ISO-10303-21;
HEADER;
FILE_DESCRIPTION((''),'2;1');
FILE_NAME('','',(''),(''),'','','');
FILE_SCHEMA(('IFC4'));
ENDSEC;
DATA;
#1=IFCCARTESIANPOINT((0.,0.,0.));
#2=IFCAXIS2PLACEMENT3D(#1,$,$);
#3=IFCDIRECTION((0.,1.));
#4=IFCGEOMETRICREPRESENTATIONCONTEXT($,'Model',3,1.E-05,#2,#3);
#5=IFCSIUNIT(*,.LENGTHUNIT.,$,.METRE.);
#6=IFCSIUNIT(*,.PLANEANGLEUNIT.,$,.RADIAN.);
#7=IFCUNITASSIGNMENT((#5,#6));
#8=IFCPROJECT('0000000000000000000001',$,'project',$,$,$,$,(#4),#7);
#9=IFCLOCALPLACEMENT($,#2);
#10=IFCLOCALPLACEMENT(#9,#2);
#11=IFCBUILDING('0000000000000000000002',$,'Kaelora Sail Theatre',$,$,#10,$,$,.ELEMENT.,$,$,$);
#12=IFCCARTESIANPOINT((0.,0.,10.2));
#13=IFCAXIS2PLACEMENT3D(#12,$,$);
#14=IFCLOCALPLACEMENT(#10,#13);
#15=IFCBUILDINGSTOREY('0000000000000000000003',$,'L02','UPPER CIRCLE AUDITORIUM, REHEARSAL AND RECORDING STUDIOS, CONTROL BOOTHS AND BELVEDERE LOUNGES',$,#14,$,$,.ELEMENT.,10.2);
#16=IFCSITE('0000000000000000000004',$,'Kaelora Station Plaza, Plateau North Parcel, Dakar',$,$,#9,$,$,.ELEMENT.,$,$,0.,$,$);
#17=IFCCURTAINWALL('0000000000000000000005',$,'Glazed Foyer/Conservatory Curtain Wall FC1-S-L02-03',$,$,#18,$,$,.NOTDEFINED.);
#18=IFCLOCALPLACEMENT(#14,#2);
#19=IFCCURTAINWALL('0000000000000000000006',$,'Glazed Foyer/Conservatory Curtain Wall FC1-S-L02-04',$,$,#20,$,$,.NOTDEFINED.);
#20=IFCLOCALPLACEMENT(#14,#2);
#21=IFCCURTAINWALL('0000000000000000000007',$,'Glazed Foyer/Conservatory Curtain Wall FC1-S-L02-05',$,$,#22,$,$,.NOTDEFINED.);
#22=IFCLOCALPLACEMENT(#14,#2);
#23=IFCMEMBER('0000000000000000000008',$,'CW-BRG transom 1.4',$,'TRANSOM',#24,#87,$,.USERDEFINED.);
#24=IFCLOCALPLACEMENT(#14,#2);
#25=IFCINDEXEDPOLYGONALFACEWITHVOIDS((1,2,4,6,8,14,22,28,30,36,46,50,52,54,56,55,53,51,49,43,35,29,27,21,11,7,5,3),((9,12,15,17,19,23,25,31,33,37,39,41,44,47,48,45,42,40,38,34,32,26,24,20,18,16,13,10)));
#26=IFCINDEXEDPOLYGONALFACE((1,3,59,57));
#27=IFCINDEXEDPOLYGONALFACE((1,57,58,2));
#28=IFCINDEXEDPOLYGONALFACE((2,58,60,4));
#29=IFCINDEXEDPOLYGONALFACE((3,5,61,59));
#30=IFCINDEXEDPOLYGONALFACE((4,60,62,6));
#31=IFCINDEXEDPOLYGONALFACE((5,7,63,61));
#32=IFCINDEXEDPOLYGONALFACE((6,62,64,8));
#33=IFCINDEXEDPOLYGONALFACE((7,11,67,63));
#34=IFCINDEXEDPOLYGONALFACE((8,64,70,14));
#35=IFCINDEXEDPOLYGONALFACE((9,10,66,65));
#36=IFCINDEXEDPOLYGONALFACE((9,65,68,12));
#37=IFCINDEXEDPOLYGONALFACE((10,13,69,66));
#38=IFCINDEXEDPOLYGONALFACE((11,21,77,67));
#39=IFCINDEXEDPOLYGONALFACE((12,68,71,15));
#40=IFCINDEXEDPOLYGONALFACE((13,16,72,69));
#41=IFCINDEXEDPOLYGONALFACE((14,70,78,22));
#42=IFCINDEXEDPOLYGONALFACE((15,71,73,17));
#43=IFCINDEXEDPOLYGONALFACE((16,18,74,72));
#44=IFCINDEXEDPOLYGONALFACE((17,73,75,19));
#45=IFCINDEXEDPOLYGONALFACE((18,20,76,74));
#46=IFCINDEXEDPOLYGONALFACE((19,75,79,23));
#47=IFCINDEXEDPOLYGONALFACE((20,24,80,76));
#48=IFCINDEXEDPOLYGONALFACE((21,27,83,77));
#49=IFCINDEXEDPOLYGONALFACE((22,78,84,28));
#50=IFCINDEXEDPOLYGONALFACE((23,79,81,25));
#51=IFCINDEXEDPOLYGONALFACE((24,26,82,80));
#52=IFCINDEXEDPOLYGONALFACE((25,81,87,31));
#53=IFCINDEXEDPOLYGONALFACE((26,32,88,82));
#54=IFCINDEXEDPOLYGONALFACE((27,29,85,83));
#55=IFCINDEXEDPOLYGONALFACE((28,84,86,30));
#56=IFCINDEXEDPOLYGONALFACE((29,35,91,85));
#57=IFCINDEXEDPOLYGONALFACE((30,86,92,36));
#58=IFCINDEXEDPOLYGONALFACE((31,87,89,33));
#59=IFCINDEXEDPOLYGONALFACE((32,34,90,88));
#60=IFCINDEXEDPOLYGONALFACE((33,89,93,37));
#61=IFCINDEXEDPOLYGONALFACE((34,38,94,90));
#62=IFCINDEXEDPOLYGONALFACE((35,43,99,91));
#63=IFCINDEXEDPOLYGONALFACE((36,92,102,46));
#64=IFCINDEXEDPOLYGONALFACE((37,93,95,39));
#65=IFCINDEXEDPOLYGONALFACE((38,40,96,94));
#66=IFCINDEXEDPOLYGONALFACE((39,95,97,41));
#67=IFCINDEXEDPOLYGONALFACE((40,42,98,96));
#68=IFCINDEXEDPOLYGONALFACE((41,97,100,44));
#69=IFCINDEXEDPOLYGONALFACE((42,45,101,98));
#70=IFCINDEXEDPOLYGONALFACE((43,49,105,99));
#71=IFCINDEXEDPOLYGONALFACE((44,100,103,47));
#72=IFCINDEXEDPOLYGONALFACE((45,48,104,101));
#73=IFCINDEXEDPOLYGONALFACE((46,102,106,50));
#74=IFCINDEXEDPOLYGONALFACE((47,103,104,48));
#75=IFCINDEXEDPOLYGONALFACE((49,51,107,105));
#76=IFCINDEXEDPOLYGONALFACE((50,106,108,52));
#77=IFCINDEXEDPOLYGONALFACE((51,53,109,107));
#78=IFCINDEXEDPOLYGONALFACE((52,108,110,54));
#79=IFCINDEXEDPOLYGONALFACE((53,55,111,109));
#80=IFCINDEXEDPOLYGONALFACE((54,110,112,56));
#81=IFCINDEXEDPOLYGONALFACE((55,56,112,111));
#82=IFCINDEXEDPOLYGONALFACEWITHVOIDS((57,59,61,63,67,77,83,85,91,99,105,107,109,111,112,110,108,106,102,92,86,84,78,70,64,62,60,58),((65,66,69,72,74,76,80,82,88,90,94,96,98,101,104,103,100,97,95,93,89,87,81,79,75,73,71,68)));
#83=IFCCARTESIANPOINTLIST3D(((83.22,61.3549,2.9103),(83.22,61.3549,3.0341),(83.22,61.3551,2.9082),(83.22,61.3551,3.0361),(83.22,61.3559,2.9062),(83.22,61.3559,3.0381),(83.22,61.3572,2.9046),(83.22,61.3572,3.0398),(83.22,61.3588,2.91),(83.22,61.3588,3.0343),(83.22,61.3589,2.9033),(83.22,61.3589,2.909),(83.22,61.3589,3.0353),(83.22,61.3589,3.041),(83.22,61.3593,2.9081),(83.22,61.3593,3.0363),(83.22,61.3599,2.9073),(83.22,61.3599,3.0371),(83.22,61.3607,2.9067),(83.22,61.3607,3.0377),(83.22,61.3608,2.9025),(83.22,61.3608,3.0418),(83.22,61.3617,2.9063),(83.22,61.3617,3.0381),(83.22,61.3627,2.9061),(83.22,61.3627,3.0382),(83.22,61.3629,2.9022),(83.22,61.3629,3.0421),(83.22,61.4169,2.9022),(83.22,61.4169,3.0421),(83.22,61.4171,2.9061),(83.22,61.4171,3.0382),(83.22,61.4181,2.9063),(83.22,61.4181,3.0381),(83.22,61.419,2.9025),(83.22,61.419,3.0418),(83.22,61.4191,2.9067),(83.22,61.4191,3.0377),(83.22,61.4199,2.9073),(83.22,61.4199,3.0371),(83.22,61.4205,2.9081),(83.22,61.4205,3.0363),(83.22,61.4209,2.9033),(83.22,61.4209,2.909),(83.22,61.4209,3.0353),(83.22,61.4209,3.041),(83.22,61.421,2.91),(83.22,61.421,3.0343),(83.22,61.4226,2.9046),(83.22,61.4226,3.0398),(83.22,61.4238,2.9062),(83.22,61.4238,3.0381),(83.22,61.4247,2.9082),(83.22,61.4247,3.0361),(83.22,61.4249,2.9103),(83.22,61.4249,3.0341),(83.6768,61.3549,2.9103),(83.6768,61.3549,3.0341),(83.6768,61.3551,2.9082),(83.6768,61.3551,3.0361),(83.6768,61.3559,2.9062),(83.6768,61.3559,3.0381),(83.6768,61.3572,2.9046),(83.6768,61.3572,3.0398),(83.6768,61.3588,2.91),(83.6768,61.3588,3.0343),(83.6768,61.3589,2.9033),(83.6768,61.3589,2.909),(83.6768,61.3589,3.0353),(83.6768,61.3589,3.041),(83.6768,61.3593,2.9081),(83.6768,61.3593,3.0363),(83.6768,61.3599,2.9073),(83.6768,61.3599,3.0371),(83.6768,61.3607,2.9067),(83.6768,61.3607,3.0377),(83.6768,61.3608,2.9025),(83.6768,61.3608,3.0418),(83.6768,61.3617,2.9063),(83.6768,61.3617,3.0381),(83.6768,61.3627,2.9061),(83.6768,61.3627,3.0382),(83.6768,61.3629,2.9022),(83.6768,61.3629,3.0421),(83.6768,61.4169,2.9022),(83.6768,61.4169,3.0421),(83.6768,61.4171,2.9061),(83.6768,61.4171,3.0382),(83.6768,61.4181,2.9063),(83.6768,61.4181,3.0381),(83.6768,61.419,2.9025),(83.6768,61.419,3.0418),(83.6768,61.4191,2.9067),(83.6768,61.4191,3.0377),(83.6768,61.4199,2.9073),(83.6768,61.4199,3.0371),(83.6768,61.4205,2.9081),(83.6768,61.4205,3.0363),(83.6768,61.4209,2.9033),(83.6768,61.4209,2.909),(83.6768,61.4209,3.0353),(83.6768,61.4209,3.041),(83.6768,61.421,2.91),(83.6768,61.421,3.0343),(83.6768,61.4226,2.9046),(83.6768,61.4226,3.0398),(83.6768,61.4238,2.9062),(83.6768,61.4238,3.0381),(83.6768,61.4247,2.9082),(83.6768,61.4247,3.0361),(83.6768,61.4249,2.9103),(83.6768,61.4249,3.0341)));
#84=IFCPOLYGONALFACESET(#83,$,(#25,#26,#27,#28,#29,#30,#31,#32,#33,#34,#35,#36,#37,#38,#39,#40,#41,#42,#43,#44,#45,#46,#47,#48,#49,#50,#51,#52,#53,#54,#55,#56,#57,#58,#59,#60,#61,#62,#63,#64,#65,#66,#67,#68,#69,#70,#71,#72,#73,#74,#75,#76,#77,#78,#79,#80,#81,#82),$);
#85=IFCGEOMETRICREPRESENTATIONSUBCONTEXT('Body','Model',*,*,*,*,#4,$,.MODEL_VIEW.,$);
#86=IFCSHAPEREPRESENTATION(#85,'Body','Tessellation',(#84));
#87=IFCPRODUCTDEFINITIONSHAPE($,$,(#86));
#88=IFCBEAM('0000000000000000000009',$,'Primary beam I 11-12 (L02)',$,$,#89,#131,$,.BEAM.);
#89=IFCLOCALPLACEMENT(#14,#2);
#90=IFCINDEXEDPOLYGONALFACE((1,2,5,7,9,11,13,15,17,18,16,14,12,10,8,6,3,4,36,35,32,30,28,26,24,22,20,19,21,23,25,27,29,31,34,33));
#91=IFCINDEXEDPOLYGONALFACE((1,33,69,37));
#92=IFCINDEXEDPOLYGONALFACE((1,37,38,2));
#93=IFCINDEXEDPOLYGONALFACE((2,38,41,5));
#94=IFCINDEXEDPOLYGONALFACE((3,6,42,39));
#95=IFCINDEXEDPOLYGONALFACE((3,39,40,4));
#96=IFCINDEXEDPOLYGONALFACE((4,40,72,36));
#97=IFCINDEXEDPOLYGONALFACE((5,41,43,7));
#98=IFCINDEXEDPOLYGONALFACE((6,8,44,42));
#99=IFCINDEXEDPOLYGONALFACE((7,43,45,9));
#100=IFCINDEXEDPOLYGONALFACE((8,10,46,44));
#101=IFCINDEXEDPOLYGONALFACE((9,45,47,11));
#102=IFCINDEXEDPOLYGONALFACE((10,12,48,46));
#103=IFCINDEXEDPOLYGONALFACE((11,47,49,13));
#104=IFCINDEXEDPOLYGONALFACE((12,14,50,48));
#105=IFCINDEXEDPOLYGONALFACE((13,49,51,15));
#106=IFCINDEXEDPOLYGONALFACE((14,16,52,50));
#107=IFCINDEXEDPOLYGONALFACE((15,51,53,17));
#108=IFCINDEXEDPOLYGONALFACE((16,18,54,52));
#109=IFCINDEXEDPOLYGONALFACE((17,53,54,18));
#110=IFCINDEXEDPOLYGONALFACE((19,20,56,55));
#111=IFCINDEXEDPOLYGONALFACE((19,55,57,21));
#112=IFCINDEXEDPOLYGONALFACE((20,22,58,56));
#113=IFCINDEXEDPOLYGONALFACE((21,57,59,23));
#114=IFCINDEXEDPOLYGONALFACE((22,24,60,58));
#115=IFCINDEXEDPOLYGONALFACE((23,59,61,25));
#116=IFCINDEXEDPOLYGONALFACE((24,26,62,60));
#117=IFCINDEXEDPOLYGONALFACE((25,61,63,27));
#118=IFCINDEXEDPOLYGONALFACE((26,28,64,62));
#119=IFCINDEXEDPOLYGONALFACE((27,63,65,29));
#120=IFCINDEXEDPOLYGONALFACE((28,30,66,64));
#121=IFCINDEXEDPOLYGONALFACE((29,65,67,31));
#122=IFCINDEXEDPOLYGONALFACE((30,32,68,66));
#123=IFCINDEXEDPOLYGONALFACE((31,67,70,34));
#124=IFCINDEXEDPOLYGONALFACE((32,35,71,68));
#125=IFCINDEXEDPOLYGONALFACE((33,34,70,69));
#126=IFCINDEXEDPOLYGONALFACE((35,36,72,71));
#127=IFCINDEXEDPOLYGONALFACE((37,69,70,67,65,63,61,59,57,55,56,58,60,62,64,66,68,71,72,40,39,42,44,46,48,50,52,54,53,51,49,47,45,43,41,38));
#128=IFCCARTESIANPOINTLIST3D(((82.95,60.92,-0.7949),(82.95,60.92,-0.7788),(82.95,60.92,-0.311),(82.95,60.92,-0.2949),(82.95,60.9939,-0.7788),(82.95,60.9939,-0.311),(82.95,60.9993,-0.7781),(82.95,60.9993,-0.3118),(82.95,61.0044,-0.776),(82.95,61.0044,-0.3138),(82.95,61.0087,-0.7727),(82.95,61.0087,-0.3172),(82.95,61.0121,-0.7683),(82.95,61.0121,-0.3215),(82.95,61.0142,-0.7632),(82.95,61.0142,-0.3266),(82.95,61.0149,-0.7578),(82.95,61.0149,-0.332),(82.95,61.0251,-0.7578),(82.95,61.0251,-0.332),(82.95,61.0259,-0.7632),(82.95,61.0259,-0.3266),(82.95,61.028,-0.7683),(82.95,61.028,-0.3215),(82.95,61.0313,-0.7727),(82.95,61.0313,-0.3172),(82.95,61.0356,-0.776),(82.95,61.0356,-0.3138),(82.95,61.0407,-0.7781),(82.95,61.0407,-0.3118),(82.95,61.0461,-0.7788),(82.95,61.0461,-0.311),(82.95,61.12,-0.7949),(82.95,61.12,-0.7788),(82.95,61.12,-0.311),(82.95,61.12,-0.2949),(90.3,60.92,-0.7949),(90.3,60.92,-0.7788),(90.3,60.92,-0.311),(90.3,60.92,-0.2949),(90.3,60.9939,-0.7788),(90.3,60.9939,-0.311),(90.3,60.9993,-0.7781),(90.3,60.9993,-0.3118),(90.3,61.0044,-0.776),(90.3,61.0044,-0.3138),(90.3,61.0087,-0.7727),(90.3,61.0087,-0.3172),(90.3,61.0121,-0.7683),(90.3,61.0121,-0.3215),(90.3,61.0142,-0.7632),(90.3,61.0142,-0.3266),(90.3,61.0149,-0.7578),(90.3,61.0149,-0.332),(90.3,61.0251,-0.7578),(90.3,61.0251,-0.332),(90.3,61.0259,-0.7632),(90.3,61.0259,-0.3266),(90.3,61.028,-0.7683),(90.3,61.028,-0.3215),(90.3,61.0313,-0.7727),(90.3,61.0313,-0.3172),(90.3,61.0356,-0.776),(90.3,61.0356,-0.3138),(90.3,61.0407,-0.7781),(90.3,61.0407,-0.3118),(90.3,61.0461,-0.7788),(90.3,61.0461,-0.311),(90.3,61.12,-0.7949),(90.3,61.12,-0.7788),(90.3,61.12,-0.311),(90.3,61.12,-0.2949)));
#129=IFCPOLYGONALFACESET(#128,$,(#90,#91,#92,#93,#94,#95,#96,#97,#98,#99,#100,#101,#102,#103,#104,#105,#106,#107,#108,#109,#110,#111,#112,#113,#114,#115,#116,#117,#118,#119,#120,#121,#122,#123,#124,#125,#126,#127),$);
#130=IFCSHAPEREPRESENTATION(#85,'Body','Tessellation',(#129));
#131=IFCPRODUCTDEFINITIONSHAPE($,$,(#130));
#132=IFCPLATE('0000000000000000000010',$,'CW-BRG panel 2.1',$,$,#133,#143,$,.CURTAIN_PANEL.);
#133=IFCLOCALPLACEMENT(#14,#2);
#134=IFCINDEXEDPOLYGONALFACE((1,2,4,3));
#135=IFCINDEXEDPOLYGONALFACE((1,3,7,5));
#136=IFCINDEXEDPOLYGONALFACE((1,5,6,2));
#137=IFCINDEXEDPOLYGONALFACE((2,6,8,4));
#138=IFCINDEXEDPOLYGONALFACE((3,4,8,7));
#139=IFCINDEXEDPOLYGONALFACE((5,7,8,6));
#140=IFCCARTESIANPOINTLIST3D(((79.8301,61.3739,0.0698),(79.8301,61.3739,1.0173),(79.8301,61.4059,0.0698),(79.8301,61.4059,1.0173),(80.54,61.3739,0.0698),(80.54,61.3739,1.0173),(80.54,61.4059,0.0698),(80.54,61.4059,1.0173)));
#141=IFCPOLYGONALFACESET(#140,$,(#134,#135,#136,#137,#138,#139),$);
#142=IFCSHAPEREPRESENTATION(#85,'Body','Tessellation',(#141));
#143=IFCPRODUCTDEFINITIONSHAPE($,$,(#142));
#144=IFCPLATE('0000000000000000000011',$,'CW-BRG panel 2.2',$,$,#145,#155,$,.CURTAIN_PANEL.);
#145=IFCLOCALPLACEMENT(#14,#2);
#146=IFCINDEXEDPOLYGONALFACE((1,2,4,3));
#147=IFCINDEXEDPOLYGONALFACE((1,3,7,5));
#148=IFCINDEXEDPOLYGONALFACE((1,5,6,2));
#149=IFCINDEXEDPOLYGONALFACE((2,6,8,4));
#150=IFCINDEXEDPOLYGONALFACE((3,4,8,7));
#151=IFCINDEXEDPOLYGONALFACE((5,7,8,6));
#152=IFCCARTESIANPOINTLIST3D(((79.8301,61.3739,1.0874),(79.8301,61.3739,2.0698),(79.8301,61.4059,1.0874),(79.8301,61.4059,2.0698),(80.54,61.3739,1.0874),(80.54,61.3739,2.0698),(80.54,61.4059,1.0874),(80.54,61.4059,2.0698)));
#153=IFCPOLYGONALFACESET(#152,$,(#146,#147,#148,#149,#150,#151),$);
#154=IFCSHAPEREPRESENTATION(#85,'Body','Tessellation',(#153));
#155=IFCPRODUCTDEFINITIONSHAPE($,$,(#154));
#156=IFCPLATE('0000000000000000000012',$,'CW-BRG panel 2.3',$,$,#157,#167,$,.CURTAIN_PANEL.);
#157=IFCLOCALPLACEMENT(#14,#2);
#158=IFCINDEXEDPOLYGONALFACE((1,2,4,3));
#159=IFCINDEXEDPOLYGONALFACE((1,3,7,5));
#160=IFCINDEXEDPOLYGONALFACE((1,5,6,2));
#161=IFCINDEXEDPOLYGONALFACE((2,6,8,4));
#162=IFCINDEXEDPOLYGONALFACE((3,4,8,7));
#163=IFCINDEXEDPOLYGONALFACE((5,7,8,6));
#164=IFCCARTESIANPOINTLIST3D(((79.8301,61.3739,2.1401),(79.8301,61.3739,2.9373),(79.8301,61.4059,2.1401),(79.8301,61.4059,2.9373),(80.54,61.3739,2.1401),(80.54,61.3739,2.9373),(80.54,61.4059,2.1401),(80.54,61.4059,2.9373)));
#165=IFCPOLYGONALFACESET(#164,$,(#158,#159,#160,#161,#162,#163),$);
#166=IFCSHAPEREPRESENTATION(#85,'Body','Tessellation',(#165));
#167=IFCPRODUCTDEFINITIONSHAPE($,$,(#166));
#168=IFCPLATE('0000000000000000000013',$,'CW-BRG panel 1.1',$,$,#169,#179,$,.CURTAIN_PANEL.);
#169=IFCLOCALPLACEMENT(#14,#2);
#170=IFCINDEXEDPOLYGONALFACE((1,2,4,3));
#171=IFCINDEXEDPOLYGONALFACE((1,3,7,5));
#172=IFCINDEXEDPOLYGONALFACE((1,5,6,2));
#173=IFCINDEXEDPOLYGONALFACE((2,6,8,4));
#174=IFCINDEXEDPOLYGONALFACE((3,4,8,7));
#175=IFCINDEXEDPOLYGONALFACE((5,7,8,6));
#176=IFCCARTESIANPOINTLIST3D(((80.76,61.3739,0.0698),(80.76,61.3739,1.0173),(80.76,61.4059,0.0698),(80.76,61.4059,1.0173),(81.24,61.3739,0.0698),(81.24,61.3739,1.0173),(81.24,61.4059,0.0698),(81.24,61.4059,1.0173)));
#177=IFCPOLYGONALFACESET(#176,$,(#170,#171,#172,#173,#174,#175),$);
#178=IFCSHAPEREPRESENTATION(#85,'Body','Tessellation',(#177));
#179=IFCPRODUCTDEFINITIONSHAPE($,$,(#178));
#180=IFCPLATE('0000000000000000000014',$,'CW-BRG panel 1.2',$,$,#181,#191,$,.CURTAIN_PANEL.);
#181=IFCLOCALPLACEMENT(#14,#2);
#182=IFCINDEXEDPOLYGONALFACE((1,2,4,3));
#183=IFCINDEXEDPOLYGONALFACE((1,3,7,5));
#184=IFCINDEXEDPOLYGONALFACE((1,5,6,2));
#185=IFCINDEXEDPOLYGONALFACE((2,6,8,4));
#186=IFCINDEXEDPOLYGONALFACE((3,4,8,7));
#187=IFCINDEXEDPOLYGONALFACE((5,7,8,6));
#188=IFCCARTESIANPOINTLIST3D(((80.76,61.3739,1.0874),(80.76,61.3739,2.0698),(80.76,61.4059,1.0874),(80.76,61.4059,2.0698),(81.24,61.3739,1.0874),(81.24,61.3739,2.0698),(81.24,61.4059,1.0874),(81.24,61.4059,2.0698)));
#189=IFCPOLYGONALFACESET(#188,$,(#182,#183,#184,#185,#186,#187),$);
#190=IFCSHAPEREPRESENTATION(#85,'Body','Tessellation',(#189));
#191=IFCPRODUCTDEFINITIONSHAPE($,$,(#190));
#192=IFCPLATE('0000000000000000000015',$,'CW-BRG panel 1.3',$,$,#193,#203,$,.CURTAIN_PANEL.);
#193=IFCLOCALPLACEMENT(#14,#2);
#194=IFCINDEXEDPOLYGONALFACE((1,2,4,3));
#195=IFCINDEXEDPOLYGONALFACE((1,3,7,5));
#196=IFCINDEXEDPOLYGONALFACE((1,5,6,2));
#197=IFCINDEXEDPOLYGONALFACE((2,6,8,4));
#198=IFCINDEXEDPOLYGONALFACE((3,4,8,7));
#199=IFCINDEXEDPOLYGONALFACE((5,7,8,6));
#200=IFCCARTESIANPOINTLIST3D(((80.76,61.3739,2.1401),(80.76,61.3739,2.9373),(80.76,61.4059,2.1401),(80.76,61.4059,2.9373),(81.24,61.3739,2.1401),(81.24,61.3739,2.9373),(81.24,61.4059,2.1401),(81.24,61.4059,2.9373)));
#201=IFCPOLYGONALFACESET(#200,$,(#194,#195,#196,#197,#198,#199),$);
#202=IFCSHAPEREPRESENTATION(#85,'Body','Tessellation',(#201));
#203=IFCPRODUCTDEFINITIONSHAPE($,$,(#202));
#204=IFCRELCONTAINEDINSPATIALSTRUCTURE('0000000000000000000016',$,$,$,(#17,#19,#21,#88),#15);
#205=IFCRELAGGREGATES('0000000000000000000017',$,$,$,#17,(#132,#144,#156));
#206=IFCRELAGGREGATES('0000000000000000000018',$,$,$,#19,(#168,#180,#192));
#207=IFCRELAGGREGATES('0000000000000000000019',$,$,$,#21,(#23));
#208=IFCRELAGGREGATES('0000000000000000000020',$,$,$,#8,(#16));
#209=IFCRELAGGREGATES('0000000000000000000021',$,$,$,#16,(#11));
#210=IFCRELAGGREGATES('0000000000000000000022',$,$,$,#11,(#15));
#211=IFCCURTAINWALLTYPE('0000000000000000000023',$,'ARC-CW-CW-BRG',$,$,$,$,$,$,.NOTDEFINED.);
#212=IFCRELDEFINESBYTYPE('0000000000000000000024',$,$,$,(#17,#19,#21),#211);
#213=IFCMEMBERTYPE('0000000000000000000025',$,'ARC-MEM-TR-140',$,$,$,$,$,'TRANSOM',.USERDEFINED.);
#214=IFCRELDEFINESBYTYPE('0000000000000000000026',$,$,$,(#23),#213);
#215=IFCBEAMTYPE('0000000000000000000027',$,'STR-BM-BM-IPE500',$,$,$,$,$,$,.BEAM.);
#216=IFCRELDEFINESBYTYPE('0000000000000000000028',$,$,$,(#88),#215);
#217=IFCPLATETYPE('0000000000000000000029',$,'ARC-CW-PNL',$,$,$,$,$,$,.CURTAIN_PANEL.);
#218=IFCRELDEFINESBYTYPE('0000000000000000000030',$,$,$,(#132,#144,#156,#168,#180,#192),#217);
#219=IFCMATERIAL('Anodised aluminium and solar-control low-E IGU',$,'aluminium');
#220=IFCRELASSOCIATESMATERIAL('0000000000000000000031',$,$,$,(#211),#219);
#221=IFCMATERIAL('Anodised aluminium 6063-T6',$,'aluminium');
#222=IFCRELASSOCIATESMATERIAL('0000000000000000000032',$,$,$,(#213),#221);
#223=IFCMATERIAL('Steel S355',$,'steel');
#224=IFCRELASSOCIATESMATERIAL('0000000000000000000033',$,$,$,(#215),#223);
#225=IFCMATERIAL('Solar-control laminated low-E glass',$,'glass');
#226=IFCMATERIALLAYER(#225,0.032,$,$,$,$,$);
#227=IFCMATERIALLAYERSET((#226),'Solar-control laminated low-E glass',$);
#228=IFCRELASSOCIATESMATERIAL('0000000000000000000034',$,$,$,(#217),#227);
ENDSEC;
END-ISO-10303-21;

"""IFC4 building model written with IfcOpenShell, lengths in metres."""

from ifc_helpers import new_model, si_unit, direction, frame, origin, origin_2d, place, context, subcontext, project, spatial, rectangle, hollow_rectangle, i_section, extrude, material, layer, layer_set, material_profile, profile_set, type_object, element, aggregate, save


model = new_model("IFC4")

# Units and contexts
model_context = context("Model", 3, precision=1e-05, world=origin(), true_north=direction((0.0, 1.0)))
body_context = subcontext(model_context, "Body", "Model", "MODEL_VIEW")
ifc_project = project(units=[si_unit("LENGTHUNIT", "METRE"), si_unit("PLANEANGLEUNIT", "RADIAN")], contexts=[model_context])

# Site, building, storey
site_placement = place(None, origin())
site = spatial("IfcSite", under=ifc_project, at=site_placement, Name="Kaelora Station Plaza, Plateau North Parcel, Dakar", CompositionType="ELEMENT", RefElevation=0.0)
building_placement = place(site_placement, origin())
building = spatial("IfcBuilding", under=site, at=building_placement, Name="Kaelora Sail Theatre", CompositionType="ELEMENT")
storey_placement = place(building_placement, frame((0.0, 0.0, 10.2)))
storey = spatial("IfcBuildingStorey", under=building, at=storey_placement, Name="L02", Description="UPPER CIRCLE AUDITORIUM, REHEARSAL AND RECORDING STUDIOS, CONTROL BOOTHS AND BELVEDERE LOUNGES", CompositionType="ELEMENT", Elevation=10.2)

# Curtain wall
ifc_material_1 = material(Name="Anodised aluminium and solar-control low-E IGU", Category="aluminium")
curtain_wall_type = type_object("IfcCurtainWallType", Name="ARC-CW-CW-BRG", PredefinedType="NOTDEFINED", material=ifc_material_1)
curtain_wall_1_placement = place(storey_placement, origin())
curtain_wall_1 = element("IfcCurtainWall", 1, at=curtain_wall_1_placement, inside=storey, type_object=curtain_wall_type, Name="Glazed Foyer/Conservatory Curtain Wall FC1-S-L02-03", PredefinedType="NOTDEFINED")

# Curtain wall
curtain_wall_2_placement = place(storey_placement, origin())
curtain_wall_2 = element("IfcCurtainWall", 2, at=curtain_wall_2_placement, inside=storey, type_object=curtain_wall_type, Name="Glazed Foyer/Conservatory Curtain Wall FC1-S-L02-04", PredefinedType="NOTDEFINED")

# Curtain wall
curtain_wall_3_placement = place(storey_placement, origin())
curtain_wall_3 = element("IfcCurtainWall", 3, at=curtain_wall_3_placement, inside=storey, type_object=curtain_wall_type, Name="Glazed Foyer/Conservatory Curtain Wall FC1-S-L02-05", PredefinedType="NOTDEFINED")

# Member
ifc_material_2 = material(Name="Anodised aluminium 6063-T6", Category="aluminium")
ifc_material_profile_1 = material_profile(ifc_material_2, hollow_rectangle(XDim=0.0701, YDim=0.1399, WallThickness=0.0039, InnerFilletRadius=0.0039, OuterFilletRadius=0.0081, at=origin_2d()), Name="ALU-TRAN 70x140x4")
ifc_profile_set_1 = profile_set([ifc_material_profile_1], Name="Anodised aluminium 6063-T6")
member_type_1 = type_object("IfcMemberType", Name="ARC-MEM-TR-140", ElementType="TRANSOM", PredefinedType="USERDEFINED", material=ifc_profile_set_1)
member_1_placement = place(storey_placement, frame((83.22, 61.3899, 2.9722), z_axis=(1.0, 0.0, 0.0), x_axis=(0.0, 1.0, 0.0)))
member_1 = element("IfcMember", 4, at=member_1_placement, type_object=member_type_1, Name="CW-BRG transom 1.4", ObjectType="TRANSOM", PredefinedType="USERDEFINED", context=body_context, shape_type="SweptSolid", body=[
    extrude(hollow_rectangle(XDim=0.0701, YDim=0.1399, WallThickness=0.0039, InnerFilletRadius=0.0039, OuterFilletRadius=0.0081, at=origin_2d()), origin(), (0.0, 0.0, 1.0), 0.4568),
])

# Beam
ifc_material_3 = material(Name="Steel S355", Category="steel")
ifc_material_profile_2 = material_profile(ifc_material_3, i_section(OverallWidth=0.2, OverallDepth=0.5, WebThickness=0.0103, FlangeThickness=0.0161, FilletRadius=0.021, at=origin_2d()), Name="IPE 500")
ifc_profile_set_2 = profile_set([ifc_material_profile_2], Name="Steel S355")
beam_type = type_object("IfcBeamType", Name="STR-BM-BM-IPE500", PredefinedType="BEAM", material=ifc_profile_set_2)
beam_placement = place(storey_placement, frame((82.95, 61.02, -0.5449), z_axis=(1.0, 0.0, 0.0), x_axis=(0.0, 1.0, 0.0)))
element("IfcBeam", 5, at=beam_placement, inside=storey, type_object=beam_type, Name="Primary beam I 11-12 (L02)", PredefinedType="BEAM", context=body_context, shape_type="SweptSolid", body=[
    extrude(i_section(OverallWidth=0.2, OverallDepth=0.5, WebThickness=0.0103, FlangeThickness=0.0161, FilletRadius=0.021, at=origin_2d()), origin(), (0.0, 0.0, 1.0), 7.3501),
])

# Plates
ifc_material_4 = material(Name="Solar-control laminated low-E glass", Category="glass")
ifc_layer_1 = layer(ifc_material_4, 0.032)
ifc_layer_set_1 = layer_set([ifc_layer_1], Name="Solar-control laminated low-E glass")
plate_type = type_object("IfcPlateType", Name="ARC-CW-PNL", PredefinedType="CURTAIN_PANEL", material=ifc_layer_set_1)
plate_1_placement = place(storey_placement, frame((80.1851, 61.3899, 0.0698), z_axis=(0.0, 0.0, 1.0), x_axis=(1.0, 0.0, 0.0)))
plate_1 = element("IfcPlate", 6, at=plate_1_placement, type_object=plate_type, Name="CW-BRG panel 2.1", PredefinedType="CURTAIN_PANEL", context=body_context, shape_type="SweptSolid", body=[
    extrude(rectangle(XDim=0.71, YDim=0.032, at=origin_2d()), origin(), (0.0, 0.0, 1.0), 0.9475),
])
plate_2_placement = place(storey_placement, frame((80.1851, 61.3899, 1.0874), z_axis=(0.0, 0.0, 1.0), x_axis=(1.0, 0.0, 0.0)))
plate_2 = element("IfcPlate", 7, at=plate_2_placement, type_object=plate_type, Name="CW-BRG panel 2.2", PredefinedType="CURTAIN_PANEL", context=body_context, shape_type="SweptSolid", body=[
    extrude(rectangle(XDim=0.71, YDim=0.032, at=origin_2d()), origin(), (0.0, 0.0, 1.0), 0.9824),
])
plate_3_placement = place(storey_placement, frame((80.1851, 61.3899, 2.1401), z_axis=(0.0, 0.0, 1.0), x_axis=(1.0, 0.0, 0.0)))
plate_3 = element("IfcPlate", 8, at=plate_3_placement, type_object=plate_type, Name="CW-BRG panel 2.3", PredefinedType="CURTAIN_PANEL", context=body_context, shape_type="SweptSolid", body=[
    extrude(rectangle(XDim=0.71, YDim=0.032, at=origin_2d()), origin(), (0.0, 0.0, 1.0), 0.7971),
])
aggregate(curtain_wall_1, [plate_1, plate_2, plate_3])
plate_4_placement = place(storey_placement, frame((81.0, 61.3899, 0.0698), z_axis=(0.0, 0.0, 1.0), x_axis=(1.0, 0.0, 0.0)))
plate_4 = element("IfcPlate", 9, at=plate_4_placement, type_object=plate_type, Name="CW-BRG panel 1.1", PredefinedType="CURTAIN_PANEL", context=body_context, shape_type="SweptSolid", body=[
    extrude(rectangle(XDim=0.48, YDim=0.032, at=origin_2d()), origin(), (0.0, 0.0, 1.0), 0.9475),
])
plate_5_placement = place(storey_placement, frame((81.0, 61.3899, 1.0874), z_axis=(0.0, 0.0, 1.0), x_axis=(1.0, 0.0, 0.0)))
plate_5 = element("IfcPlate", 10, at=plate_5_placement, type_object=plate_type, Name="CW-BRG panel 1.2", PredefinedType="CURTAIN_PANEL", context=body_context, shape_type="SweptSolid", body=[
    extrude(rectangle(XDim=0.48, YDim=0.032, at=origin_2d()), origin(), (0.0, 0.0, 1.0), 0.9824),
])
plate_6_placement = place(storey_placement, frame((81.0, 61.3899, 2.1401), z_axis=(0.0, 0.0, 1.0), x_axis=(1.0, 0.0, 0.0)))
plate_6 = element("IfcPlate", 11, at=plate_6_placement, type_object=plate_type, Name="CW-BRG panel 1.3", PredefinedType="CURTAIN_PANEL", context=body_context, shape_type="SweptSolid", body=[
    extrude(rectangle(XDim=0.48, YDim=0.032, at=origin_2d()), origin(), (0.0, 0.0, 1.0), 0.7971),
])
aggregate(curtain_wall_2, [plate_4, plate_5, plate_6])
aggregate(curtain_wall_3, [member_1])

save(model, "model.ifc")
